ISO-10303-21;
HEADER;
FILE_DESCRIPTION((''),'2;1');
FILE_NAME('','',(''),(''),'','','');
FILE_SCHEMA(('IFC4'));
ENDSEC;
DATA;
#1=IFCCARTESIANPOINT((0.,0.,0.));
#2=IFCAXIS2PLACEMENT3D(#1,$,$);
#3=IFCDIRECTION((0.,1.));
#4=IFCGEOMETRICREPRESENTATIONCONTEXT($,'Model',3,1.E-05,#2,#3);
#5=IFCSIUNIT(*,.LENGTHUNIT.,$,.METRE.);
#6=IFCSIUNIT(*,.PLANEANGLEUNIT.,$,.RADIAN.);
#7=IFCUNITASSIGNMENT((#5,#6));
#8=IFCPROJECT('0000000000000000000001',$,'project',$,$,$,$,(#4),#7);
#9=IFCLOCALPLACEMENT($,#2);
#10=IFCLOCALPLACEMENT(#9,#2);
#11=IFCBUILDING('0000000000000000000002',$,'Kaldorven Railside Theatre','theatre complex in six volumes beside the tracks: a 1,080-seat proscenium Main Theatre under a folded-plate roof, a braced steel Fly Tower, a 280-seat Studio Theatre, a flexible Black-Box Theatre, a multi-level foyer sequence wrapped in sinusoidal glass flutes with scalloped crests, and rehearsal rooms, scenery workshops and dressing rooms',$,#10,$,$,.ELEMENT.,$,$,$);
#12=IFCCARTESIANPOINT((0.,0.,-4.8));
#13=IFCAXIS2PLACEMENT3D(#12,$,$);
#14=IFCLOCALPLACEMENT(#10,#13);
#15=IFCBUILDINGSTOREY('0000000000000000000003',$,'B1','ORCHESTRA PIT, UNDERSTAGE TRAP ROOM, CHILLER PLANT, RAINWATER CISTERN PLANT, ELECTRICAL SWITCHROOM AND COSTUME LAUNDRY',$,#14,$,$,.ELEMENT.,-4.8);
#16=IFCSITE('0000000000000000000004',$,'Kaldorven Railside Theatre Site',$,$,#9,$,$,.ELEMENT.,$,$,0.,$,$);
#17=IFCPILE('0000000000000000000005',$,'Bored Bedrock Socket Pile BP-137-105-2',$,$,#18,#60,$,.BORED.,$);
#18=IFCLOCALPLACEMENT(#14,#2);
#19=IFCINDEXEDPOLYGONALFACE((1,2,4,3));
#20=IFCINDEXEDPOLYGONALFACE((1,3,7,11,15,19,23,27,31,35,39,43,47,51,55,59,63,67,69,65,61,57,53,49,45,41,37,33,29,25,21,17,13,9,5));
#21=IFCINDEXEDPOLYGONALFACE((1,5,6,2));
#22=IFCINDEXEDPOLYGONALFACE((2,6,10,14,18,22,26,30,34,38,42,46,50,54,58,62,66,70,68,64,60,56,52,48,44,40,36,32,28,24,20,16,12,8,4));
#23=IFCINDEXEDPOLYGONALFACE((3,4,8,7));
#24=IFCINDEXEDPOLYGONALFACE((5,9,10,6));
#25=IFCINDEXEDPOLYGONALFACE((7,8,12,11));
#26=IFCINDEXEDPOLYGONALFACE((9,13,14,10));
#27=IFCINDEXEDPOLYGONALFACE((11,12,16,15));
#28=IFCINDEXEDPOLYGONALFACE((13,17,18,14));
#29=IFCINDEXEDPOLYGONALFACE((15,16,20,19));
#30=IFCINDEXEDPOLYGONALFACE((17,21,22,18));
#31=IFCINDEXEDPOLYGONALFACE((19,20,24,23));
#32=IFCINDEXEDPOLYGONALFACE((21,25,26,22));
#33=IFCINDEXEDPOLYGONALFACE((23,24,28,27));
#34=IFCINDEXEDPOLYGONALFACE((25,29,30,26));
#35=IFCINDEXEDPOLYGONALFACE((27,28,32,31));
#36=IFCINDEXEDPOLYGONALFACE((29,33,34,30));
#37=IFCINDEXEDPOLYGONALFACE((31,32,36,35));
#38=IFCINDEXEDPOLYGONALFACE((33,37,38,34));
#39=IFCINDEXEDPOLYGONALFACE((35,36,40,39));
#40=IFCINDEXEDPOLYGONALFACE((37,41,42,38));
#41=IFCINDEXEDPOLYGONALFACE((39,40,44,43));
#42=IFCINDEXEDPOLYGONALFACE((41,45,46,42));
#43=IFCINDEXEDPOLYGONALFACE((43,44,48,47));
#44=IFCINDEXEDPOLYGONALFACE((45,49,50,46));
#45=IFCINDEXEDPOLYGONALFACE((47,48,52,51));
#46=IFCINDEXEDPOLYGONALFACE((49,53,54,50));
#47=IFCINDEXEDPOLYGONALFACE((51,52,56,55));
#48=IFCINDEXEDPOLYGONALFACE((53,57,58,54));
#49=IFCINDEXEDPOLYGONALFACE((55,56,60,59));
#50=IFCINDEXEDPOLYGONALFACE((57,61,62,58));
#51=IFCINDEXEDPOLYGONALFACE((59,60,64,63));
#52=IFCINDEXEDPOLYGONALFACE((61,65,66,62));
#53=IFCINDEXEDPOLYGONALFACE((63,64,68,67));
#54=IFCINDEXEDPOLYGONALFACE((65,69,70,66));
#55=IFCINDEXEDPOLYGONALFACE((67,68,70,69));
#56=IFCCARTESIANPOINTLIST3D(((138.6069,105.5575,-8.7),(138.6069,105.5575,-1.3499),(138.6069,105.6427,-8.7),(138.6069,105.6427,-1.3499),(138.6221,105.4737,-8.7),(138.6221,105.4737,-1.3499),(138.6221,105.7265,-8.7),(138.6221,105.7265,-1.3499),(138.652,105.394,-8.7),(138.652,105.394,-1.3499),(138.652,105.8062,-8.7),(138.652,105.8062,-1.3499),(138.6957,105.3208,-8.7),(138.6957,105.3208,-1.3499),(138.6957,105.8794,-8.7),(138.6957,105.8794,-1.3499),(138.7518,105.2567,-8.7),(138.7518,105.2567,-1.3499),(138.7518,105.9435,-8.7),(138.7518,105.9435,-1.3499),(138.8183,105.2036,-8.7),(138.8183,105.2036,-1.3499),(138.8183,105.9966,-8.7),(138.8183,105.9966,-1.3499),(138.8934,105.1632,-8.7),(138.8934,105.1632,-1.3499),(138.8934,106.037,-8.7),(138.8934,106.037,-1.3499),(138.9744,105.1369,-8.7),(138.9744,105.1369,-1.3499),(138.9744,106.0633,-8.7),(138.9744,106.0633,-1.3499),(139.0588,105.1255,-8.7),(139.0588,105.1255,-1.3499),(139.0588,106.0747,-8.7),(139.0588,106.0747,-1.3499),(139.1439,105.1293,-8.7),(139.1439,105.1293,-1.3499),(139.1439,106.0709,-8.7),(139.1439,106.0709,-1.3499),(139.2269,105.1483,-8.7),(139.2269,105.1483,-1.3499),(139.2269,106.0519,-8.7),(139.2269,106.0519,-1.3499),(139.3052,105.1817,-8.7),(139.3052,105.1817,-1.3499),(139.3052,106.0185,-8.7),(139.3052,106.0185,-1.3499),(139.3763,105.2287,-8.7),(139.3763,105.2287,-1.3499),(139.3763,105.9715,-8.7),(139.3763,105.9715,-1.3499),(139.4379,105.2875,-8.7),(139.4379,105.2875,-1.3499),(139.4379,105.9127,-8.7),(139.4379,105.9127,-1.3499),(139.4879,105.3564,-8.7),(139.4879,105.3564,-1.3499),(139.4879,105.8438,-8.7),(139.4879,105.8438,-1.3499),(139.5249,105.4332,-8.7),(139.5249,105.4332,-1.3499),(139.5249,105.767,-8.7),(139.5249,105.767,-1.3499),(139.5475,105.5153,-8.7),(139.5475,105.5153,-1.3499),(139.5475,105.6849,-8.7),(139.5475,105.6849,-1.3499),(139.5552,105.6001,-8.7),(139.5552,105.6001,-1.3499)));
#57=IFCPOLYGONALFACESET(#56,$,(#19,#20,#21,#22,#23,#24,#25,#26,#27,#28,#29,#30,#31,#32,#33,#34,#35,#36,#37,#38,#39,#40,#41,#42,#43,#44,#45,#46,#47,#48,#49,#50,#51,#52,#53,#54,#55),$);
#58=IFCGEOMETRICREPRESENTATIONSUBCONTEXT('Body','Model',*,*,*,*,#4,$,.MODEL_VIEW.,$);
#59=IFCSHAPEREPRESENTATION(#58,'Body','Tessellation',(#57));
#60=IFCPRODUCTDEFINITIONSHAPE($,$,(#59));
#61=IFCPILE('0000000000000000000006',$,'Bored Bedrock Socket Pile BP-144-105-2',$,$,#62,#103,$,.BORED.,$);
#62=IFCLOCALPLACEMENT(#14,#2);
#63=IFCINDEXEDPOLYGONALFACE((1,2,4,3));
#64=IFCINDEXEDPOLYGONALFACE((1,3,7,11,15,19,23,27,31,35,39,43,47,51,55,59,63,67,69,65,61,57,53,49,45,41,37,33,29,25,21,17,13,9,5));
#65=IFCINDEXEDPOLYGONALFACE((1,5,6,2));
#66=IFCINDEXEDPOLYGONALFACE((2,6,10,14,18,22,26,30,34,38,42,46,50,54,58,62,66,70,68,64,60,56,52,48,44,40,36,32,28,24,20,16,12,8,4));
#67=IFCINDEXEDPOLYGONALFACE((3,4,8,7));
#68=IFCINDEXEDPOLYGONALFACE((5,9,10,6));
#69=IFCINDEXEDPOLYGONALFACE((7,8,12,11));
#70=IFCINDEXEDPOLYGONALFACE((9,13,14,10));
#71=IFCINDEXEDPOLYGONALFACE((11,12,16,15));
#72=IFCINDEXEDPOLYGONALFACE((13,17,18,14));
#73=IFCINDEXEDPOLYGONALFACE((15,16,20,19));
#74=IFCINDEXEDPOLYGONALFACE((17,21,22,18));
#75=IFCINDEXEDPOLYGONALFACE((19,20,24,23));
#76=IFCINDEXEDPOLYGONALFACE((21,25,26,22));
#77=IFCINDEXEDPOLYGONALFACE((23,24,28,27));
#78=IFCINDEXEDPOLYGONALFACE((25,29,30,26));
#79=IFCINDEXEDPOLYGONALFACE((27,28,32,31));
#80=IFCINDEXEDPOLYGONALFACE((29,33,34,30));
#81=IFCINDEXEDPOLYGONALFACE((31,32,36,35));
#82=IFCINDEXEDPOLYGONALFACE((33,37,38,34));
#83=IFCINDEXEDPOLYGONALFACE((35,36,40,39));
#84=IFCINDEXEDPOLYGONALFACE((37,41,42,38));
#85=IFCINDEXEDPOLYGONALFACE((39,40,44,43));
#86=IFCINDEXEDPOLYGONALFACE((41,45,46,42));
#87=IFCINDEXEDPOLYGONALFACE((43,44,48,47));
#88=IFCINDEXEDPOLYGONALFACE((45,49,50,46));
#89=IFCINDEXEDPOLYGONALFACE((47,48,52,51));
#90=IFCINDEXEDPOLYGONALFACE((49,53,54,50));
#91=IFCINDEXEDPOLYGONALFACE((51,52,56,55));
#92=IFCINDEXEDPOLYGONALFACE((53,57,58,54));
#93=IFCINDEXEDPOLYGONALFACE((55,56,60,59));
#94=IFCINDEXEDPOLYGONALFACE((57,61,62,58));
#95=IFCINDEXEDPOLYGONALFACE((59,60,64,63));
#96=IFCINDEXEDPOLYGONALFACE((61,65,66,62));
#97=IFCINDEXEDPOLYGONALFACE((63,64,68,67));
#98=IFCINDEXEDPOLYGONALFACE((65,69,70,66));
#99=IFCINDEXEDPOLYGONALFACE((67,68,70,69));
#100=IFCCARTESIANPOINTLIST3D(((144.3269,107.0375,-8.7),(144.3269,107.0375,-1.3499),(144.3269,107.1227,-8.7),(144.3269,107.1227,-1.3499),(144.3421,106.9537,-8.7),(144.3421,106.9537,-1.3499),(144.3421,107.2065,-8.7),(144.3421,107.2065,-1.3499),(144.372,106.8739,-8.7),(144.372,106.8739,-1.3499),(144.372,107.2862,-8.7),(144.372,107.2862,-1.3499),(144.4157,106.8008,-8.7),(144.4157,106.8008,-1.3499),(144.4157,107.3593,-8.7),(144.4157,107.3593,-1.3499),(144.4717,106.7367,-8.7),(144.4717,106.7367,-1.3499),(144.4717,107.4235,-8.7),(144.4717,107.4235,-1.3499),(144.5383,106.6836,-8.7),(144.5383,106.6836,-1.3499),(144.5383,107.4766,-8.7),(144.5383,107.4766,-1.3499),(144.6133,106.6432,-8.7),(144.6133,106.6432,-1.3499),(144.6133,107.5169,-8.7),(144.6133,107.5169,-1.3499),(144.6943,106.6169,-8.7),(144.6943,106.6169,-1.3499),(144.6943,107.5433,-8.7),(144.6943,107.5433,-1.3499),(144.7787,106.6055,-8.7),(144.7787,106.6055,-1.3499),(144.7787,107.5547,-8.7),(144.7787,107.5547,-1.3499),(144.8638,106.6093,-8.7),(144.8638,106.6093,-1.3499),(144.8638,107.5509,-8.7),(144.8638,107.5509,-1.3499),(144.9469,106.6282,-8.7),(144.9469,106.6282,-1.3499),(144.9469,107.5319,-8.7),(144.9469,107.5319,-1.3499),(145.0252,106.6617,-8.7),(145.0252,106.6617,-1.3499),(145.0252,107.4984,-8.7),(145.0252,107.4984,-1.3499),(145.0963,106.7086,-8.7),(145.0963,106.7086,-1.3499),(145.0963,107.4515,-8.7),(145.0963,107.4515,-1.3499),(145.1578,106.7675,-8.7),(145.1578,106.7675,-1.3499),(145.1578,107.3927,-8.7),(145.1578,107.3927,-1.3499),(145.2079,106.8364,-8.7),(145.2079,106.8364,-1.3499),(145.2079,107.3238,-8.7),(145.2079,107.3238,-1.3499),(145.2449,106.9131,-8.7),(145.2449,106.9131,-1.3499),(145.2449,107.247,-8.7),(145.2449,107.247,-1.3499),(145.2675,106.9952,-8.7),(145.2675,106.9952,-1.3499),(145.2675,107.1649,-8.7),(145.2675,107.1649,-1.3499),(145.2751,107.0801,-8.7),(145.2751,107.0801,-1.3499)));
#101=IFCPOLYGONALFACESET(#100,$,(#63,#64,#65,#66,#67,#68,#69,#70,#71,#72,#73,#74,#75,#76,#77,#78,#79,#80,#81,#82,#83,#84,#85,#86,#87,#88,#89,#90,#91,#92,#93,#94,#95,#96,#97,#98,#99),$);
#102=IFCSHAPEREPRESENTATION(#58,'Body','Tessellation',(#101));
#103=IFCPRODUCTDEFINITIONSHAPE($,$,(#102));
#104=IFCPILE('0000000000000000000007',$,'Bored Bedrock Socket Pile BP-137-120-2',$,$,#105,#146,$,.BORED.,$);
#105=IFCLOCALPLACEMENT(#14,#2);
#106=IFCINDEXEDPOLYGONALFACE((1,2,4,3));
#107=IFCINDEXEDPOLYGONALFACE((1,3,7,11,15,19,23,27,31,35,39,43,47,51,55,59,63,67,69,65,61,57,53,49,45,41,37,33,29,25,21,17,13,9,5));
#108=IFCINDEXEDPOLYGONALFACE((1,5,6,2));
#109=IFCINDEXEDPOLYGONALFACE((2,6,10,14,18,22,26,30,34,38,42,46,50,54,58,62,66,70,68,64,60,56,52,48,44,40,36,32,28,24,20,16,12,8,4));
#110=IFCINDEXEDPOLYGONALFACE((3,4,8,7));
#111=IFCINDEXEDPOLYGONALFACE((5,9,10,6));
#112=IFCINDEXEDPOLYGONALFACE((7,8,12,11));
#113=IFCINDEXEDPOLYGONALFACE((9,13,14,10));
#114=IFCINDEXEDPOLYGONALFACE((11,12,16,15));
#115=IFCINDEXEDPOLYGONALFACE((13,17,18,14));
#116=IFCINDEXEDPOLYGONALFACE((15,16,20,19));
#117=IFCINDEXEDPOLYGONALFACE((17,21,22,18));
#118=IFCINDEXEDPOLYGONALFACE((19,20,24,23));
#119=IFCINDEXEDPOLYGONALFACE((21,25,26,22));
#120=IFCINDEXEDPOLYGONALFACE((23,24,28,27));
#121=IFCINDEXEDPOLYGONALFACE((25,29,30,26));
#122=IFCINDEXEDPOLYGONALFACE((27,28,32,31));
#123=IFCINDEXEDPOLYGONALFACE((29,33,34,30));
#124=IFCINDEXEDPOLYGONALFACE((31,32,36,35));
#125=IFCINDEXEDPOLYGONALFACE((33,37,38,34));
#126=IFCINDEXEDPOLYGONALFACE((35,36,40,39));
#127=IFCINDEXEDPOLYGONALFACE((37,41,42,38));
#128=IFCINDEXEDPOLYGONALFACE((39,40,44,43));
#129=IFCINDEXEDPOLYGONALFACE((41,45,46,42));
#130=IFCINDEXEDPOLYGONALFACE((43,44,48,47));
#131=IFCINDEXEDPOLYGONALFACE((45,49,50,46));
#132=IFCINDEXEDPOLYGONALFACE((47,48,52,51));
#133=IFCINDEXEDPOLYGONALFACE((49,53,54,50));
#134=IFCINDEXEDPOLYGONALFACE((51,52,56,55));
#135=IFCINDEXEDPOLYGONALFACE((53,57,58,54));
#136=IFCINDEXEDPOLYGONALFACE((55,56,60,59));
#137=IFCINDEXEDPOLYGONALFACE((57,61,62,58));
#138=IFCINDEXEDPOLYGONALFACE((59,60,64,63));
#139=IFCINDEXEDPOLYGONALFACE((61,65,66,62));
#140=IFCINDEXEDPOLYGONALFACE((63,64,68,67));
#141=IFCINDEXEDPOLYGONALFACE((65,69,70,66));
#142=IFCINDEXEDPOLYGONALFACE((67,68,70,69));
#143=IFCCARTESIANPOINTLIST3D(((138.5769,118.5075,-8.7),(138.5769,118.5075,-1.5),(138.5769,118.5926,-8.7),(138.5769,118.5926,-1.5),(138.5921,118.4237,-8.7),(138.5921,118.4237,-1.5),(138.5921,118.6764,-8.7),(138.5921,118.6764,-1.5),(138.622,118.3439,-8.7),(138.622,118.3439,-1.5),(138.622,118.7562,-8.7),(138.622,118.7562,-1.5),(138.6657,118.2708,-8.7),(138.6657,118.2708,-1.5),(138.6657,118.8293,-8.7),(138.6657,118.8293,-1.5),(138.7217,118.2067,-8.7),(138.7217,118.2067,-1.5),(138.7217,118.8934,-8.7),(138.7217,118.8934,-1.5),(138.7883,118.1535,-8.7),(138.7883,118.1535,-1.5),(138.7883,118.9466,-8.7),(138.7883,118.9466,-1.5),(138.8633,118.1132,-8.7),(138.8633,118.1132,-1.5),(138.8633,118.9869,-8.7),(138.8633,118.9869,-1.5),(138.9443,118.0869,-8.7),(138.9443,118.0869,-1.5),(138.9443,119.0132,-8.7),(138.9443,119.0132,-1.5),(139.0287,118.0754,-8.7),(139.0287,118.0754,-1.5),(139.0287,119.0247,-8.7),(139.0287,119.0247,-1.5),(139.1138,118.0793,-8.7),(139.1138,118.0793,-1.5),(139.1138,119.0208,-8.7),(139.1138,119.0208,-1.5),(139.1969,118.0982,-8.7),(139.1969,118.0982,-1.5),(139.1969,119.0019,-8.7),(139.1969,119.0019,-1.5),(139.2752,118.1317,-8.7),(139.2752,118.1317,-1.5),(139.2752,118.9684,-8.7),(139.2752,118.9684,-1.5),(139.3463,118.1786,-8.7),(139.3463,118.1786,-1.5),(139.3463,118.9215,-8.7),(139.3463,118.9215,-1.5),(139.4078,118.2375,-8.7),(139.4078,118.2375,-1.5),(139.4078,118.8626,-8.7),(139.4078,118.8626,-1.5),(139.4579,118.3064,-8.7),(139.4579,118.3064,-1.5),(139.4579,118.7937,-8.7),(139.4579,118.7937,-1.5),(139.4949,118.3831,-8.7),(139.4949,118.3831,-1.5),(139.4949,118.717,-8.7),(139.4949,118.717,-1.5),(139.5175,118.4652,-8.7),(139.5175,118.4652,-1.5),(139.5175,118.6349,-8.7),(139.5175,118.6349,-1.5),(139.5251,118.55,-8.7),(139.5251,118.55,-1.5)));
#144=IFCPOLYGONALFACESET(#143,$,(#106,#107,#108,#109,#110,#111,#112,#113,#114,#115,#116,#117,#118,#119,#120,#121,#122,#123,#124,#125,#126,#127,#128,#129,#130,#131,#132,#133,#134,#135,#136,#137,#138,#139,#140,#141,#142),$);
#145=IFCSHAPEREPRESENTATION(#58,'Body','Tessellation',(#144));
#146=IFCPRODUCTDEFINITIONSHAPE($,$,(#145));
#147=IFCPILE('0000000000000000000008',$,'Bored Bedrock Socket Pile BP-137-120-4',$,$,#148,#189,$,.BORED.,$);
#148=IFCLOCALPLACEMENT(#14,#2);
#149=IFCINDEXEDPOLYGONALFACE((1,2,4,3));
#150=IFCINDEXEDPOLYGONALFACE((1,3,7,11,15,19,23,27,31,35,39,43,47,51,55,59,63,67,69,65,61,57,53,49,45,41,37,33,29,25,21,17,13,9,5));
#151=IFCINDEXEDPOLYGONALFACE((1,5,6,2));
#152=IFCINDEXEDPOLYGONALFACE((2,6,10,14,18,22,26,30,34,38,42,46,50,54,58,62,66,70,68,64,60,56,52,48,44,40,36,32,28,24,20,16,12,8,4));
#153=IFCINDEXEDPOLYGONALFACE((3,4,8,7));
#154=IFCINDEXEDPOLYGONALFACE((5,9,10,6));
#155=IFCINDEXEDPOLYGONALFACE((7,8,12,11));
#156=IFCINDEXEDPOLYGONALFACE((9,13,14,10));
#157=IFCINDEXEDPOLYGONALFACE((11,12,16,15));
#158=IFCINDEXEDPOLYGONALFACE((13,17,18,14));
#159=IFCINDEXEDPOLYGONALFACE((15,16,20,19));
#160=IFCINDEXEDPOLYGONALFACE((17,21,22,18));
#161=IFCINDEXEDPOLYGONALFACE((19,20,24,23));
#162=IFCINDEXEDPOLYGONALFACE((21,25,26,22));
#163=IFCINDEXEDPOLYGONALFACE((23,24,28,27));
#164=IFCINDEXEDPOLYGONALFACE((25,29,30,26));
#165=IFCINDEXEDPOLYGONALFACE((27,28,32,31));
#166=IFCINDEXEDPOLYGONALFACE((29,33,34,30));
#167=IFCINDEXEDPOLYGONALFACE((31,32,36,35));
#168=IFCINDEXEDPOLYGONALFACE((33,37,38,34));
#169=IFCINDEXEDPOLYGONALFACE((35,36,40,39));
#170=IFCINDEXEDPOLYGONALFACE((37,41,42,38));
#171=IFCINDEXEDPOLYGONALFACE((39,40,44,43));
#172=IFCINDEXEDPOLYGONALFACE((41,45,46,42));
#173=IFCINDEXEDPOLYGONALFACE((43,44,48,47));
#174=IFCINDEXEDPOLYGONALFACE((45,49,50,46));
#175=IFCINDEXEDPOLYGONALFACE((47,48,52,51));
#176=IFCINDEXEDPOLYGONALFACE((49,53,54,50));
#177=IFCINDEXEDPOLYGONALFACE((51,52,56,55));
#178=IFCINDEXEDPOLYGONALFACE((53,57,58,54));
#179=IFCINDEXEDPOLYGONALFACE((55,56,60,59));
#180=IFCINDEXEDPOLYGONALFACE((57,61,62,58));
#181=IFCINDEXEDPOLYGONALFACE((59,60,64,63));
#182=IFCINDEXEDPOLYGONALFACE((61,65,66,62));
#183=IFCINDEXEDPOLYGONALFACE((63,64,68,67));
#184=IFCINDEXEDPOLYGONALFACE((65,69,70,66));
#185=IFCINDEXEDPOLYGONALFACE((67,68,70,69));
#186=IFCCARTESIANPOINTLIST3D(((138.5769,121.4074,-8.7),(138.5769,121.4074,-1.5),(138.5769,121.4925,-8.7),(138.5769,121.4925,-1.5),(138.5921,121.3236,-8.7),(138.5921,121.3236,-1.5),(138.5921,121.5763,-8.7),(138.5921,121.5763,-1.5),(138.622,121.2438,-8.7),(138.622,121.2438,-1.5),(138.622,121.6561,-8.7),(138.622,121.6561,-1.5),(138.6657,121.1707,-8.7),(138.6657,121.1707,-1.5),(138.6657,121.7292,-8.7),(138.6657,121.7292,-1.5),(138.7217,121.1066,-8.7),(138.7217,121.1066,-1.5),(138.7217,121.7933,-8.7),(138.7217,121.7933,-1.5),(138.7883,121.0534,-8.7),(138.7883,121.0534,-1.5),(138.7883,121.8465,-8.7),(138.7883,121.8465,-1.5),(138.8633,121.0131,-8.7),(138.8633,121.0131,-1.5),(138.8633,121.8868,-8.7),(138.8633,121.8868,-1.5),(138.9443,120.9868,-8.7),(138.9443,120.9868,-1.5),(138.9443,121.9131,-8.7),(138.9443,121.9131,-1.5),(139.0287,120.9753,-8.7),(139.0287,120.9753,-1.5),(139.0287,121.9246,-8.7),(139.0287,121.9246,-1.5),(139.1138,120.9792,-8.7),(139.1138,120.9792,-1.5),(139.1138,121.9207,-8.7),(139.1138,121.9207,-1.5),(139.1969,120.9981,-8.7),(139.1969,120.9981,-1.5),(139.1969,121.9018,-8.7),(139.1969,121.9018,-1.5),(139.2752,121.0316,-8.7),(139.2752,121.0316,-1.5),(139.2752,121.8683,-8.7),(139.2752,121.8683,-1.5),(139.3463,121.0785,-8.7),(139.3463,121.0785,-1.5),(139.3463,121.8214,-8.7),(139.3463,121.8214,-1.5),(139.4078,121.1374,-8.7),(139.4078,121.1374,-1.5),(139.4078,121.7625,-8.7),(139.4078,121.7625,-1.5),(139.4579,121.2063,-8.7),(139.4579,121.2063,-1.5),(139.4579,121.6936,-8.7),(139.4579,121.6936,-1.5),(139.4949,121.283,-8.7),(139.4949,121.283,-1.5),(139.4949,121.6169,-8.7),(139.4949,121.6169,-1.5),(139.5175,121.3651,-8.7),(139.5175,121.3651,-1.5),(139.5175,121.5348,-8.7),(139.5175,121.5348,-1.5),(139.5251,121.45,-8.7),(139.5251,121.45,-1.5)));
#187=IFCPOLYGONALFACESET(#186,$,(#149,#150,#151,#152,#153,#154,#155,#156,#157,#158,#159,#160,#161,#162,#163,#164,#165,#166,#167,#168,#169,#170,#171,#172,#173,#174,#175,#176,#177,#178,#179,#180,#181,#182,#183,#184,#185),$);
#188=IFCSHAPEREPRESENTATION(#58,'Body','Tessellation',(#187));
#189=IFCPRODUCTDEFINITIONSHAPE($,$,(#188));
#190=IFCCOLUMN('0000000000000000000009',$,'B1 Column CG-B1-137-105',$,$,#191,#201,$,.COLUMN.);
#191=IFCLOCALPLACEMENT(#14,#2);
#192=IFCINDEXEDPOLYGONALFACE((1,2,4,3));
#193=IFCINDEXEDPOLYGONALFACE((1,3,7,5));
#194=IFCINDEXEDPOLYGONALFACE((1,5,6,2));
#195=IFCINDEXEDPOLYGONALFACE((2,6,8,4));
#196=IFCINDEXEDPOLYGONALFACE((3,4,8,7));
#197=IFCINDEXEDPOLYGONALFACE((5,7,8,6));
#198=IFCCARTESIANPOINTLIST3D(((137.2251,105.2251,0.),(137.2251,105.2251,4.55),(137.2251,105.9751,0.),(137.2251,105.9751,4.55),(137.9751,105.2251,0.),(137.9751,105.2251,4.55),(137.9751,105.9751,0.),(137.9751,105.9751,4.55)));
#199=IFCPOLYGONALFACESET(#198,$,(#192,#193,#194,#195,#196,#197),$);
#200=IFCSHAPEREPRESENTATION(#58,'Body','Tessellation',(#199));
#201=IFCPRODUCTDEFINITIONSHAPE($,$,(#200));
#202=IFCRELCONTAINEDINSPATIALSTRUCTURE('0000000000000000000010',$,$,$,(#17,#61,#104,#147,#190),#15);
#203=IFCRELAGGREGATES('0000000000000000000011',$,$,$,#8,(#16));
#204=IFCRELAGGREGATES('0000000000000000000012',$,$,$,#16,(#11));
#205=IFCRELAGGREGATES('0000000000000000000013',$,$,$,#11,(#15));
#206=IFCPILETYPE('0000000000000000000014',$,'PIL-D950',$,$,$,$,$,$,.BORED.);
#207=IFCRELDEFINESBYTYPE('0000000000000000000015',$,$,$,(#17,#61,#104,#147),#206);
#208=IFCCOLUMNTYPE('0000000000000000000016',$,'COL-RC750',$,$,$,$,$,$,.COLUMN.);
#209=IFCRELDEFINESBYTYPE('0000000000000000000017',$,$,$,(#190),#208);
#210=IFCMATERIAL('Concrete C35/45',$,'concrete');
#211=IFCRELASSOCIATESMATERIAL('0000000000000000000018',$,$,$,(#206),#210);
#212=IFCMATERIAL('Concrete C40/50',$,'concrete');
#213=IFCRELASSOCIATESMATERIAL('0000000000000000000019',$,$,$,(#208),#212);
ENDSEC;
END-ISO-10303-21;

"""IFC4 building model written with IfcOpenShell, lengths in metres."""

from ifc_helpers import new_model, si_unit, direction, frame, origin, origin_2d, place, context, subcontext, project, spatial, rectangle, circle, extrude, material, material_profile, profile_set, type_object, element, save


model = new_model("IFC4")

# Units and contexts
model_context = context("Model", 3, precision=1e-05, world=origin(), true_north=direction((0.0, 1.0)))
body_context = subcontext(model_context, "Body", "Model", "MODEL_VIEW")
ifc_project = project(units=[si_unit("LENGTHUNIT", "METRE"), si_unit("PLANEANGLEUNIT", "RADIAN")], contexts=[model_context])

# Site, building, storey
site_placement = place(None, origin())
site = spatial("IfcSite", under=ifc_project, at=site_placement, Name="Kaldorven Railside Theatre Site", CompositionType="ELEMENT", RefElevation=0.0)
building_placement = place(site_placement, origin())
building = spatial("IfcBuilding", under=site, at=building_placement, Name="Kaldorven Railside Theatre", Description="theatre complex in six volumes beside the tracks: a 1,080-seat proscenium Main Theatre under a folded-plate roof, a braced steel Fly Tower, a 280-seat Studio Theatre, a flexible Black-Box Theatre, a multi-level foyer sequence wrapped in sinusoidal glass flutes with scalloped crests, and rehearsal rooms, scenery workshops and dressing rooms", CompositionType="ELEMENT")
storey_placement = place(building_placement, frame((0.0, 0.0, -4.8)))
storey = spatial("IfcBuildingStorey", under=building, at=storey_placement, Name="B1", Description="ORCHESTRA PIT, UNDERSTAGE TRAP ROOM, CHILLER PLANT, RAINWATER CISTERN PLANT, ELECTRICAL SWITCHROOM AND COSTUME LAUNDRY", CompositionType="ELEMENT", Elevation=-4.8)

# Shared definitions
ifc_material_1 = material(Name="Concrete C40/50", Category="concrete")

# Piles
ifc_material_2 = material(Name="Concrete C35/45", Category="concrete")
ifc_material_profile_1 = material_profile(ifc_material_2, circle(Radius=0.4751, at=origin_2d()), Name="BP D950")
ifc_profile_set_1 = profile_set([ifc_material_profile_1], Name="Concrete C35/45")
pile_type_1 = type_object("IfcPileType", Name="PIL-D950", PredefinedType="BORED", material=ifc_profile_set_1)
for number, where, z_axis, x_axis, name in (
    (1, (139.0801, 105.6001, -1.3499), (0.0, 0.0, -1.0), (1.0, 0.0, 0.0), "Bored Bedrock Socket Pile BP-137-105-2"),
    (2, (144.8, 107.0801, -1.3499), (0.0, 0.0, -1.0), (1.0, 0.0, 0.0), "Bored Bedrock Socket Pile BP-144-105-2"),
):
    element("IfcPile", number, at=place(storey_placement, frame(where, z_axis=z_axis, x_axis=x_axis)), inside=storey, type_object=pile_type_1, Name=name, PredefinedType="BORED", context=body_context, shape_type="SweptSolid", body=[
        extrude(circle(Radius=0.4751, at=origin_2d()), origin(), (0.0, 0.0, 1.0), 7.3501),
    ])
for number, where, z_axis, x_axis, name in (
    (3, (139.05, 118.55, -1.5), (0.0, 0.0, -1.0), (1.0, 0.0, 0.0), "Bored Bedrock Socket Pile BP-137-120-2"),
    (4, (139.05, 121.45, -1.5), (0.0, 0.0, -1.0), (1.0, 0.0, 0.0), "Bored Bedrock Socket Pile BP-137-120-4"),
):
    element("IfcPile", number, at=place(storey_placement, frame(where, z_axis=z_axis, x_axis=x_axis)), inside=storey, type_object=pile_type_1, Name=name, PredefinedType="BORED", context=body_context, shape_type="SweptSolid", body=[
        extrude(circle(Radius=0.4751, at=origin_2d()), origin(), (0.0, 0.0, 1.0), 7.2),
    ])

# Column
ifc_material_profile_2 = material_profile(ifc_material_1, rectangle(XDim=0.75, YDim=0.75, at=origin_2d()), Name="RC 750x750")
ifc_profile_set_2 = profile_set([ifc_material_profile_2], Name="Concrete C40/50")
column_type = type_object("IfcColumnType", Name="COL-RC750", PredefinedType="COLUMN", material=ifc_profile_set_2)
for number, where, z_axis, x_axis, name in (
    (5, (137.6001, 105.6001, 0.0), (0.0, 0.0, 1.0), (0.0, 1.0, 0.0), "B1 Column CG-B1-137-105"),
):
    element("IfcColumn", number, at=place(storey_placement, frame(where, z_axis=z_axis, x_axis=x_axis)), inside=storey, type_object=column_type, Name=name, PredefinedType="COLUMN", context=body_context, shape_type="SweptSolid", body=[
        extrude(rectangle(XDim=0.75, YDim=0.75, at=origin_2d()), origin(), (0.0, 0.0, 1.0), 4.55),
    ])

save(model, "model.ifc")
